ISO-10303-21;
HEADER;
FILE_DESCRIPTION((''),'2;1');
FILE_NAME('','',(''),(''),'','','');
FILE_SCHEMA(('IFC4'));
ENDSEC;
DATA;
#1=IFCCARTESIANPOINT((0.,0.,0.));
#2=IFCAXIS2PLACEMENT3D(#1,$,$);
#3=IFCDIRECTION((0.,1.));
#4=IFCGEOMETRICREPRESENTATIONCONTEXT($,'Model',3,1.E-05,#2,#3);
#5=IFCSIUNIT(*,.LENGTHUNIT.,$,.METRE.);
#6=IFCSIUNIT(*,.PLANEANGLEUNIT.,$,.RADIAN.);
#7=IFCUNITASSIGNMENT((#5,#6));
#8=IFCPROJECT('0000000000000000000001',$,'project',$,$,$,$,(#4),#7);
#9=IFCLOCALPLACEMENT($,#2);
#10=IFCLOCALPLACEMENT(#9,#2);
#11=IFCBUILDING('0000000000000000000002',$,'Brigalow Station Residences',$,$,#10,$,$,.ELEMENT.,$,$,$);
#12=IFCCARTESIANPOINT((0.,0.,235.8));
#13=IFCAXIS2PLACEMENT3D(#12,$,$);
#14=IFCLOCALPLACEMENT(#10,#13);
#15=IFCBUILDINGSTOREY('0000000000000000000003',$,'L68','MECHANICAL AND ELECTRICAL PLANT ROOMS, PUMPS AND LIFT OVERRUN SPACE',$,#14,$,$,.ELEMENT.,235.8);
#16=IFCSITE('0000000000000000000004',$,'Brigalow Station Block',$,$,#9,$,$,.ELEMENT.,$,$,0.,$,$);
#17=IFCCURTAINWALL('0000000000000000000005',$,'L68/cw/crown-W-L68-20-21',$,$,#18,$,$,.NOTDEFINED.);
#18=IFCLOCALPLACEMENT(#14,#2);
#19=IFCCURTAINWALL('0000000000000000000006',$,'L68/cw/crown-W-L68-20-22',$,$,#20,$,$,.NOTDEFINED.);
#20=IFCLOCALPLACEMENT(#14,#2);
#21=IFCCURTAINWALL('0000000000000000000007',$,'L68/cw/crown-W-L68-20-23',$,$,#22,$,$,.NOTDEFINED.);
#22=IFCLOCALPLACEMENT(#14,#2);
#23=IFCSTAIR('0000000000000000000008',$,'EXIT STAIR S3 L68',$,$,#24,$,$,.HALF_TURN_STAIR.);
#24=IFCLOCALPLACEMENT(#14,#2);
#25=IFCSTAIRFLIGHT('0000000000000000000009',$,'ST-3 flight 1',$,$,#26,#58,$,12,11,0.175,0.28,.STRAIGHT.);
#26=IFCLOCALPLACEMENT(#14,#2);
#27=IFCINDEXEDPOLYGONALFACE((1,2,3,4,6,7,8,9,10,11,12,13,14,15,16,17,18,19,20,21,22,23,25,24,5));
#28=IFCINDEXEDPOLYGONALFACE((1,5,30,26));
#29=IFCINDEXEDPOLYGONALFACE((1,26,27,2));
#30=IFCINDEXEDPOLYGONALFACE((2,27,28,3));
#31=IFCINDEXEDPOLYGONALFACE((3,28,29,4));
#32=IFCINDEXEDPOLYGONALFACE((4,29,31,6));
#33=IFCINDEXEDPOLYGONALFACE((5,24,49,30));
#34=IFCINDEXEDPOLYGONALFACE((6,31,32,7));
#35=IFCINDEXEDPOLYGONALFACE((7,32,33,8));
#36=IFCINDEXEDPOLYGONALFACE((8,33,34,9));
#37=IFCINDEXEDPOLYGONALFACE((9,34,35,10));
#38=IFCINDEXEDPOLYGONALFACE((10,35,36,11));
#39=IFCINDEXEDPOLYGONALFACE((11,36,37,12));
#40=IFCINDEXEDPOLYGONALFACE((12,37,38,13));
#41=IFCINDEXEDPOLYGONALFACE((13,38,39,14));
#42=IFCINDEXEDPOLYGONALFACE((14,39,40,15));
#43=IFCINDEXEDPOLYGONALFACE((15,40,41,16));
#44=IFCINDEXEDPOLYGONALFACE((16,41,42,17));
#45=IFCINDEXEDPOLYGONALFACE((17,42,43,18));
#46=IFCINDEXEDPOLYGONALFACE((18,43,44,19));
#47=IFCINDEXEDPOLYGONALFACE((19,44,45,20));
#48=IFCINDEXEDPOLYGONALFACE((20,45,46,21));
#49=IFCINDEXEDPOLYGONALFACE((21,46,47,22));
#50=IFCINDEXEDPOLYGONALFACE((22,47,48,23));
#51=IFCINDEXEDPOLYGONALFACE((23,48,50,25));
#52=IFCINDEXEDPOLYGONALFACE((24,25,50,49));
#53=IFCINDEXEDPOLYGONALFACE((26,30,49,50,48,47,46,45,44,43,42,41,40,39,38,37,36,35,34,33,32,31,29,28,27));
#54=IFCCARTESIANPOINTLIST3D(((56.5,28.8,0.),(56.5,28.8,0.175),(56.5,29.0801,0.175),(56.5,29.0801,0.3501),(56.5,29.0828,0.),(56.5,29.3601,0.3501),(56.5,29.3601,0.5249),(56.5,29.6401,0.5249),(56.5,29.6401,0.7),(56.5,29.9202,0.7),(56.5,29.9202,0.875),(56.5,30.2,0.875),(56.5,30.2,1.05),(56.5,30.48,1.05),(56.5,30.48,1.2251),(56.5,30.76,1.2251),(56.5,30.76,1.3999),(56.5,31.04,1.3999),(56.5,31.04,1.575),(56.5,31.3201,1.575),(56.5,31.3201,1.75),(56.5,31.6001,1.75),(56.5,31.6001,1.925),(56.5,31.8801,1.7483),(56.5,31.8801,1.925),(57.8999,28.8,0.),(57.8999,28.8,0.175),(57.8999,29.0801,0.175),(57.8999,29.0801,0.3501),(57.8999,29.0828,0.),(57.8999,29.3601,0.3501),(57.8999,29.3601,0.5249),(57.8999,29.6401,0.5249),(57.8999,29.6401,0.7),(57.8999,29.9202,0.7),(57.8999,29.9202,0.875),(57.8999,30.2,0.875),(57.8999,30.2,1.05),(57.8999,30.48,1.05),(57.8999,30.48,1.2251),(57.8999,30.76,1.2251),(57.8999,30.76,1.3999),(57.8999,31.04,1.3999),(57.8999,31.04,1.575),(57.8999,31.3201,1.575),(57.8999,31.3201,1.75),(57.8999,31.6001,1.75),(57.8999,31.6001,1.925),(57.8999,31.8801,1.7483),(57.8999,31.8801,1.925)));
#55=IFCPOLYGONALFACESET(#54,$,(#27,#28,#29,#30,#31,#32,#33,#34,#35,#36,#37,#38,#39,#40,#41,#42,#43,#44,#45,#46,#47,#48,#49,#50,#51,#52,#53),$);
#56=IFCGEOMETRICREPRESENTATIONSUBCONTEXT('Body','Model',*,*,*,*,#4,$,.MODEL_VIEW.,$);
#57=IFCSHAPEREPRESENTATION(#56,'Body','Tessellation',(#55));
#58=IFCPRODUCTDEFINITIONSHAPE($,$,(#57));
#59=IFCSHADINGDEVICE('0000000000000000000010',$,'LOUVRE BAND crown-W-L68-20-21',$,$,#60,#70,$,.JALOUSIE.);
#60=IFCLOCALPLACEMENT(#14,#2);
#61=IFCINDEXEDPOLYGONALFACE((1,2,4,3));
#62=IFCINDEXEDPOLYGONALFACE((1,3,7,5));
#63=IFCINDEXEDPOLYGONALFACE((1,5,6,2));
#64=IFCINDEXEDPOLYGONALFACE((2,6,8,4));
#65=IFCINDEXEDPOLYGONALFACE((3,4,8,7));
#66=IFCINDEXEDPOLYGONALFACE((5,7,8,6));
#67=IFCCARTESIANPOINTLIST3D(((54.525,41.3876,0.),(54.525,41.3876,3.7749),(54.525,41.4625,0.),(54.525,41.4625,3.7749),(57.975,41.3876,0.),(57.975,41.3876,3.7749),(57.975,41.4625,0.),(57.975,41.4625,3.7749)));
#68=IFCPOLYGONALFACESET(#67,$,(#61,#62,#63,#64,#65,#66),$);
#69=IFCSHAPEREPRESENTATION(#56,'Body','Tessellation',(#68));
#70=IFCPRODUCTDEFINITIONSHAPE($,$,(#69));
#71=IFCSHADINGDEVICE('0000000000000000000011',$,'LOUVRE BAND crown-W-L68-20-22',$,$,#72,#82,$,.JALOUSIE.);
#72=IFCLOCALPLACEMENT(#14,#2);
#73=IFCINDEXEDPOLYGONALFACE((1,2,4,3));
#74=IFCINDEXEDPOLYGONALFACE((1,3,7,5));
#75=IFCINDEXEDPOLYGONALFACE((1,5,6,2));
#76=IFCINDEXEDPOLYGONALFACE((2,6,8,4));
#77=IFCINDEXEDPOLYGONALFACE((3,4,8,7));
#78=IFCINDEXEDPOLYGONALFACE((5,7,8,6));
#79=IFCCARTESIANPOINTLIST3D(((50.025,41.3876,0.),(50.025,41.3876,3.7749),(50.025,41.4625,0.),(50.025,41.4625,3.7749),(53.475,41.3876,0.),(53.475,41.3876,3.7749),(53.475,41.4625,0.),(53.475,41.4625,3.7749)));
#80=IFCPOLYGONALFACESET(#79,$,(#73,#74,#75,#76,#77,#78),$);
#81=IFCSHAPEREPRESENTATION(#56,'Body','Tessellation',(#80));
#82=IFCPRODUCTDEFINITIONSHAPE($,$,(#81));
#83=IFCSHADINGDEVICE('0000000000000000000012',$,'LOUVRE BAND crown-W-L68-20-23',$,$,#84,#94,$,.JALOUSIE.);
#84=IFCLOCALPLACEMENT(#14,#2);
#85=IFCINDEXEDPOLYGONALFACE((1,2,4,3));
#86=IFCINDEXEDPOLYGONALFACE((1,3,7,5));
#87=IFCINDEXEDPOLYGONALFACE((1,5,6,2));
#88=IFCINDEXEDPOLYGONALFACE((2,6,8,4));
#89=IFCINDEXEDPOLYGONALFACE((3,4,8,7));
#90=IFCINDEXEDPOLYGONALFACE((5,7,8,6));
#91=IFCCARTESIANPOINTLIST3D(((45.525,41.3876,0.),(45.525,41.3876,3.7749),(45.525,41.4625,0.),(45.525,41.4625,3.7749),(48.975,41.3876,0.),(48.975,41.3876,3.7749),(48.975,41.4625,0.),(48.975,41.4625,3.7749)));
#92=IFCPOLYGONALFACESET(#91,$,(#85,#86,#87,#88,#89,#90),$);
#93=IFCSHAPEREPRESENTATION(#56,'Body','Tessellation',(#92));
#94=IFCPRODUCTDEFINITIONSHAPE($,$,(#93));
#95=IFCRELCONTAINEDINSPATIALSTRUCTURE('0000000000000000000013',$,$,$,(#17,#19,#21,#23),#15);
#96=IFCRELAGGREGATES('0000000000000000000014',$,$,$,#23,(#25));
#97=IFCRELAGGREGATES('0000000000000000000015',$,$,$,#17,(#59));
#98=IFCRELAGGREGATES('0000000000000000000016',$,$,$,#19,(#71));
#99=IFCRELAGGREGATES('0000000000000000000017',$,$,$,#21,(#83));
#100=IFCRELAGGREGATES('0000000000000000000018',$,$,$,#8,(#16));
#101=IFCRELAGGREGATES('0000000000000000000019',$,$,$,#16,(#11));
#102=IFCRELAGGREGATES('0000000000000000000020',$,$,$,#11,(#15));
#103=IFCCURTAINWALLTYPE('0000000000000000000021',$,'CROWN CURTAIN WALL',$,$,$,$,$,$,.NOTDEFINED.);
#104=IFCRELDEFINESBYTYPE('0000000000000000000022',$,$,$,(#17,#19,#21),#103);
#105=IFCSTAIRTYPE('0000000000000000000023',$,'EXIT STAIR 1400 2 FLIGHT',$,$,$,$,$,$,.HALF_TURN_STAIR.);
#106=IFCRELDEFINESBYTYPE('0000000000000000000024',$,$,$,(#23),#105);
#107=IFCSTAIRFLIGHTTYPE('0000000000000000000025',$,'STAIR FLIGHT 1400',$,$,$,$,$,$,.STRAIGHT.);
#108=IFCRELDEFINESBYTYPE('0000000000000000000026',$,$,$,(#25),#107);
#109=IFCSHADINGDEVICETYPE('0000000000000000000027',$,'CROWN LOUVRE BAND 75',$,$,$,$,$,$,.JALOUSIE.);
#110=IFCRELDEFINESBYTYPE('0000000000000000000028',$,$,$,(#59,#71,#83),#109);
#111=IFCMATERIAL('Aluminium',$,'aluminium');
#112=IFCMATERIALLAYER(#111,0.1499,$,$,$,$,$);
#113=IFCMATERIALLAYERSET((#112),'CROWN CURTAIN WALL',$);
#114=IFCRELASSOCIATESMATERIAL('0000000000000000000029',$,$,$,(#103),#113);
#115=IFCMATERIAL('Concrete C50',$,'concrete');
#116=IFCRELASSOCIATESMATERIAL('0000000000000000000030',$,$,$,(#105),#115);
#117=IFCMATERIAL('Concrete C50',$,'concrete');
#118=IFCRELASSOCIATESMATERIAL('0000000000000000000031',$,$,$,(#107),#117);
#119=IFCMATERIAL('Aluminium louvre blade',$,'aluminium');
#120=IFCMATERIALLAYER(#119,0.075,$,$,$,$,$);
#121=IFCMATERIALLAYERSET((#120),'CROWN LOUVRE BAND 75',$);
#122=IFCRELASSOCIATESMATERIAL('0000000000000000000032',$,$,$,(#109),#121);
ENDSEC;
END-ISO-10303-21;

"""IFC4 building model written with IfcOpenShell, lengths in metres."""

from ifc_helpers import new_model, si_unit, direction, frame, origin, origin_2d, place, context, subcontext, project, spatial, polyline, rectangle, outline, extrude, material, layer, layer_set, type_object, element, aggregate, save


model = new_model("IFC4")

# Units and contexts
model_context = context("Model", 3, precision=1e-05, world=origin(), true_north=direction((0.0, 1.0)))
body_context = subcontext(model_context, "Body", "Model", "MODEL_VIEW")
ifc_project = project(units=[si_unit("LENGTHUNIT", "METRE"), si_unit("PLANEANGLEUNIT", "RADIAN")], contexts=[model_context])

# Site, building, storey
site_placement = place(None, origin())
site = spatial("IfcSite", under=ifc_project, at=site_placement, Name="Brigalow Station Block", CompositionType="ELEMENT", RefElevation=0.0)
building_placement = place(site_placement, origin())
building = spatial("IfcBuilding", under=site, at=building_placement, Name="Brigalow Station Residences", CompositionType="ELEMENT")
storey_placement = place(building_placement, frame((0.0, 0.0, 235.8)))
storey = spatial("IfcBuildingStorey", under=building, at=storey_placement, Name="L68", Description="MECHANICAL AND ELECTRICAL PLANT ROOMS, PUMPS AND LIFT OVERRUN SPACE", CompositionType="ELEMENT", Elevation=235.8)

# Curtain wall
ifc_material_1 = material(Name="Aluminium", Category="aluminium")
ifc_layer_1 = layer(ifc_material_1, 0.1499)
ifc_layer_set_1 = layer_set([ifc_layer_1], Name="CROWN CURTAIN WALL")
curtain_wall_type = type_object("IfcCurtainWallType", Name="CROWN CURTAIN WALL", PredefinedType="NOTDEFINED", material=ifc_layer_set_1)
curtain_wall_1_placement = place(storey_placement, origin())
curtain_wall_1 = element("IfcCurtainWall", 1, at=curtain_wall_1_placement, inside=storey, type_object=curtain_wall_type, Name="L68/cw/crown-W-L68-20-21", PredefinedType="NOTDEFINED")

# Curtain walls
curtain_wall_2_placement = place(storey_placement, origin())
curtain_wall_2 = element("IfcCurtainWall", 2, at=curtain_wall_2_placement, inside=storey, type_object=curtain_wall_type, Name="L68/cw/crown-W-L68-20-22", PredefinedType="NOTDEFINED")
curtain_wall_3_placement = place(storey_placement, origin())
curtain_wall_3 = element("IfcCurtainWall", 3, at=curtain_wall_3_placement, inside=storey, type_object=curtain_wall_type, Name="L68/cw/crown-W-L68-20-23", PredefinedType="NOTDEFINED")

# Stair, stair flight
ifc_material_2 = material(Name="Concrete C50", Category="concrete")
stair_type = type_object("IfcStairType", Name="EXIT STAIR 1400 2 FLIGHT", PredefinedType="HALF_TURN_STAIR", material=ifc_material_2)
stair_placement = place(storey_placement, origin())
stair = element("IfcStair", 4, at=stair_placement, inside=storey, type_object=stair_type, Name="EXIT STAIR S3 L68", PredefinedType="HALF_TURN_STAIR")
ifc_material_3 = material(Name="Concrete C50", Category="concrete")
stair_flight_type = type_object("IfcStairFlightType", Name="STAIR FLIGHT 1400", PredefinedType="STRAIGHT", material=ifc_material_3)
stair_flight_placement = place(storey_placement, frame((57.2, 28.8, 0.0), z_axis=(0.0, 0.0, 1.0), x_axis=(0.0, 1.0, 0.0)))
stair_flight = element("IfcStairFlight", 5, at=stair_flight_placement, type_object=stair_flight_type, Name="ST-3 flight 1", NumberOfRisers=12, NumberOfTreads=11, PredefinedType="STRAIGHT", RiserHeight=0.175, TreadLength=0.28, context=body_context, shape_type="SweptSolid", body=[
    extrude(outline(polyline([(0.0, 0.0), (0.0, 0.175), (0.28, 0.175), (0.28, 0.3501), (0.5601, 0.3501), (0.5601, 0.5249), (0.8401, 0.5249), (0.8401, 0.7), (1.1201, 0.7), (1.1201, 0.875), (1.3999, 0.875), (1.3999, 1.05), (1.6799, 1.05), (1.6799, 1.2251), (1.96, 1.2251), (1.96, 1.3999), (2.24, 1.3999), (2.24, 1.575), (2.52, 1.575), (2.52, 1.75), (2.8, 1.75), (2.8, 1.925), (3.0801, 1.925), (3.0801, 2.1001), (3.0801, 1.7483), (0.2827, 0.0), (0.0, 0.0)])), frame((0.0, 0.7, 0.0), z_axis=(0.0, -1.0, 0.0), x_axis=(1.0, 0.0, 0.0)), (0.0, 0.0, 1.0), 1.3999),
])
aggregate(stair, [stair_flight])

# Shading devices
ifc_material_4 = material(Name="Aluminium louvre blade", Category="aluminium")
ifc_layer_2 = layer(ifc_material_4, 0.075)
ifc_layer_set_2 = layer_set([ifc_layer_2], Name="CROWN LOUVRE BAND 75")
shading_device_type = type_object("IfcShadingDeviceType", Name="CROWN LOUVRE BAND 75", PredefinedType="JALOUSIE", material=ifc_layer_set_2)
shading_device_1_placement = place(storey_placement, frame((56.25, 41.425, 0.0), z_axis=(0.0, 0.0, 1.0), x_axis=(-1.0, 0.0, 0.0)))
shading_device_1 = element("IfcShadingDevice", 6, at=shading_device_1_placement, type_object=shading_device_type, Name="LOUVRE BAND crown-W-L68-20-21", PredefinedType="JALOUSIE", context=body_context, shape_type="SweptSolid", body=[
    extrude(rectangle(XDim=3.45, YDim=0.075, at=origin_2d()), origin(), (0.0, 0.0, 1.0), 3.7749),
])
aggregate(curtain_wall_1, [shading_device_1])
shading_device_2_placement = place(storey_placement, frame((51.75, 41.425, 0.0), z_axis=(0.0, 0.0, 1.0), x_axis=(-1.0, 0.0, 0.0)))
shading_device_2 = element("IfcShadingDevice", 7, at=shading_device_2_placement, type_object=shading_device_type, Name="LOUVRE BAND crown-W-L68-20-22", PredefinedType="JALOUSIE", context=body_context, shape_type="SweptSolid", body=[
    extrude(rectangle(XDim=3.45, YDim=0.075, at=origin_2d()), origin(), (0.0, 0.0, 1.0), 3.7749),
])
aggregate(curtain_wall_2, [shading_device_2])
shading_device_3_placement = place(storey_placement, frame((47.25, 41.425, 0.0), z_axis=(0.0, 0.0, 1.0), x_axis=(-1.0, 0.0, 0.0)))
shading_device_3 = element("IfcShadingDevice", 8, at=shading_device_3_placement, type_object=shading_device_type, Name="LOUVRE BAND crown-W-L68-20-23", PredefinedType="JALOUSIE", context=body_context, shape_type="SweptSolid", body=[
    extrude(rectangle(XDim=3.45, YDim=0.075, at=origin_2d()), origin(), (0.0, 0.0, 1.0), 3.7749),
])
aggregate(curtain_wall_3, [shading_device_3])

save(model, "model.ifc")
